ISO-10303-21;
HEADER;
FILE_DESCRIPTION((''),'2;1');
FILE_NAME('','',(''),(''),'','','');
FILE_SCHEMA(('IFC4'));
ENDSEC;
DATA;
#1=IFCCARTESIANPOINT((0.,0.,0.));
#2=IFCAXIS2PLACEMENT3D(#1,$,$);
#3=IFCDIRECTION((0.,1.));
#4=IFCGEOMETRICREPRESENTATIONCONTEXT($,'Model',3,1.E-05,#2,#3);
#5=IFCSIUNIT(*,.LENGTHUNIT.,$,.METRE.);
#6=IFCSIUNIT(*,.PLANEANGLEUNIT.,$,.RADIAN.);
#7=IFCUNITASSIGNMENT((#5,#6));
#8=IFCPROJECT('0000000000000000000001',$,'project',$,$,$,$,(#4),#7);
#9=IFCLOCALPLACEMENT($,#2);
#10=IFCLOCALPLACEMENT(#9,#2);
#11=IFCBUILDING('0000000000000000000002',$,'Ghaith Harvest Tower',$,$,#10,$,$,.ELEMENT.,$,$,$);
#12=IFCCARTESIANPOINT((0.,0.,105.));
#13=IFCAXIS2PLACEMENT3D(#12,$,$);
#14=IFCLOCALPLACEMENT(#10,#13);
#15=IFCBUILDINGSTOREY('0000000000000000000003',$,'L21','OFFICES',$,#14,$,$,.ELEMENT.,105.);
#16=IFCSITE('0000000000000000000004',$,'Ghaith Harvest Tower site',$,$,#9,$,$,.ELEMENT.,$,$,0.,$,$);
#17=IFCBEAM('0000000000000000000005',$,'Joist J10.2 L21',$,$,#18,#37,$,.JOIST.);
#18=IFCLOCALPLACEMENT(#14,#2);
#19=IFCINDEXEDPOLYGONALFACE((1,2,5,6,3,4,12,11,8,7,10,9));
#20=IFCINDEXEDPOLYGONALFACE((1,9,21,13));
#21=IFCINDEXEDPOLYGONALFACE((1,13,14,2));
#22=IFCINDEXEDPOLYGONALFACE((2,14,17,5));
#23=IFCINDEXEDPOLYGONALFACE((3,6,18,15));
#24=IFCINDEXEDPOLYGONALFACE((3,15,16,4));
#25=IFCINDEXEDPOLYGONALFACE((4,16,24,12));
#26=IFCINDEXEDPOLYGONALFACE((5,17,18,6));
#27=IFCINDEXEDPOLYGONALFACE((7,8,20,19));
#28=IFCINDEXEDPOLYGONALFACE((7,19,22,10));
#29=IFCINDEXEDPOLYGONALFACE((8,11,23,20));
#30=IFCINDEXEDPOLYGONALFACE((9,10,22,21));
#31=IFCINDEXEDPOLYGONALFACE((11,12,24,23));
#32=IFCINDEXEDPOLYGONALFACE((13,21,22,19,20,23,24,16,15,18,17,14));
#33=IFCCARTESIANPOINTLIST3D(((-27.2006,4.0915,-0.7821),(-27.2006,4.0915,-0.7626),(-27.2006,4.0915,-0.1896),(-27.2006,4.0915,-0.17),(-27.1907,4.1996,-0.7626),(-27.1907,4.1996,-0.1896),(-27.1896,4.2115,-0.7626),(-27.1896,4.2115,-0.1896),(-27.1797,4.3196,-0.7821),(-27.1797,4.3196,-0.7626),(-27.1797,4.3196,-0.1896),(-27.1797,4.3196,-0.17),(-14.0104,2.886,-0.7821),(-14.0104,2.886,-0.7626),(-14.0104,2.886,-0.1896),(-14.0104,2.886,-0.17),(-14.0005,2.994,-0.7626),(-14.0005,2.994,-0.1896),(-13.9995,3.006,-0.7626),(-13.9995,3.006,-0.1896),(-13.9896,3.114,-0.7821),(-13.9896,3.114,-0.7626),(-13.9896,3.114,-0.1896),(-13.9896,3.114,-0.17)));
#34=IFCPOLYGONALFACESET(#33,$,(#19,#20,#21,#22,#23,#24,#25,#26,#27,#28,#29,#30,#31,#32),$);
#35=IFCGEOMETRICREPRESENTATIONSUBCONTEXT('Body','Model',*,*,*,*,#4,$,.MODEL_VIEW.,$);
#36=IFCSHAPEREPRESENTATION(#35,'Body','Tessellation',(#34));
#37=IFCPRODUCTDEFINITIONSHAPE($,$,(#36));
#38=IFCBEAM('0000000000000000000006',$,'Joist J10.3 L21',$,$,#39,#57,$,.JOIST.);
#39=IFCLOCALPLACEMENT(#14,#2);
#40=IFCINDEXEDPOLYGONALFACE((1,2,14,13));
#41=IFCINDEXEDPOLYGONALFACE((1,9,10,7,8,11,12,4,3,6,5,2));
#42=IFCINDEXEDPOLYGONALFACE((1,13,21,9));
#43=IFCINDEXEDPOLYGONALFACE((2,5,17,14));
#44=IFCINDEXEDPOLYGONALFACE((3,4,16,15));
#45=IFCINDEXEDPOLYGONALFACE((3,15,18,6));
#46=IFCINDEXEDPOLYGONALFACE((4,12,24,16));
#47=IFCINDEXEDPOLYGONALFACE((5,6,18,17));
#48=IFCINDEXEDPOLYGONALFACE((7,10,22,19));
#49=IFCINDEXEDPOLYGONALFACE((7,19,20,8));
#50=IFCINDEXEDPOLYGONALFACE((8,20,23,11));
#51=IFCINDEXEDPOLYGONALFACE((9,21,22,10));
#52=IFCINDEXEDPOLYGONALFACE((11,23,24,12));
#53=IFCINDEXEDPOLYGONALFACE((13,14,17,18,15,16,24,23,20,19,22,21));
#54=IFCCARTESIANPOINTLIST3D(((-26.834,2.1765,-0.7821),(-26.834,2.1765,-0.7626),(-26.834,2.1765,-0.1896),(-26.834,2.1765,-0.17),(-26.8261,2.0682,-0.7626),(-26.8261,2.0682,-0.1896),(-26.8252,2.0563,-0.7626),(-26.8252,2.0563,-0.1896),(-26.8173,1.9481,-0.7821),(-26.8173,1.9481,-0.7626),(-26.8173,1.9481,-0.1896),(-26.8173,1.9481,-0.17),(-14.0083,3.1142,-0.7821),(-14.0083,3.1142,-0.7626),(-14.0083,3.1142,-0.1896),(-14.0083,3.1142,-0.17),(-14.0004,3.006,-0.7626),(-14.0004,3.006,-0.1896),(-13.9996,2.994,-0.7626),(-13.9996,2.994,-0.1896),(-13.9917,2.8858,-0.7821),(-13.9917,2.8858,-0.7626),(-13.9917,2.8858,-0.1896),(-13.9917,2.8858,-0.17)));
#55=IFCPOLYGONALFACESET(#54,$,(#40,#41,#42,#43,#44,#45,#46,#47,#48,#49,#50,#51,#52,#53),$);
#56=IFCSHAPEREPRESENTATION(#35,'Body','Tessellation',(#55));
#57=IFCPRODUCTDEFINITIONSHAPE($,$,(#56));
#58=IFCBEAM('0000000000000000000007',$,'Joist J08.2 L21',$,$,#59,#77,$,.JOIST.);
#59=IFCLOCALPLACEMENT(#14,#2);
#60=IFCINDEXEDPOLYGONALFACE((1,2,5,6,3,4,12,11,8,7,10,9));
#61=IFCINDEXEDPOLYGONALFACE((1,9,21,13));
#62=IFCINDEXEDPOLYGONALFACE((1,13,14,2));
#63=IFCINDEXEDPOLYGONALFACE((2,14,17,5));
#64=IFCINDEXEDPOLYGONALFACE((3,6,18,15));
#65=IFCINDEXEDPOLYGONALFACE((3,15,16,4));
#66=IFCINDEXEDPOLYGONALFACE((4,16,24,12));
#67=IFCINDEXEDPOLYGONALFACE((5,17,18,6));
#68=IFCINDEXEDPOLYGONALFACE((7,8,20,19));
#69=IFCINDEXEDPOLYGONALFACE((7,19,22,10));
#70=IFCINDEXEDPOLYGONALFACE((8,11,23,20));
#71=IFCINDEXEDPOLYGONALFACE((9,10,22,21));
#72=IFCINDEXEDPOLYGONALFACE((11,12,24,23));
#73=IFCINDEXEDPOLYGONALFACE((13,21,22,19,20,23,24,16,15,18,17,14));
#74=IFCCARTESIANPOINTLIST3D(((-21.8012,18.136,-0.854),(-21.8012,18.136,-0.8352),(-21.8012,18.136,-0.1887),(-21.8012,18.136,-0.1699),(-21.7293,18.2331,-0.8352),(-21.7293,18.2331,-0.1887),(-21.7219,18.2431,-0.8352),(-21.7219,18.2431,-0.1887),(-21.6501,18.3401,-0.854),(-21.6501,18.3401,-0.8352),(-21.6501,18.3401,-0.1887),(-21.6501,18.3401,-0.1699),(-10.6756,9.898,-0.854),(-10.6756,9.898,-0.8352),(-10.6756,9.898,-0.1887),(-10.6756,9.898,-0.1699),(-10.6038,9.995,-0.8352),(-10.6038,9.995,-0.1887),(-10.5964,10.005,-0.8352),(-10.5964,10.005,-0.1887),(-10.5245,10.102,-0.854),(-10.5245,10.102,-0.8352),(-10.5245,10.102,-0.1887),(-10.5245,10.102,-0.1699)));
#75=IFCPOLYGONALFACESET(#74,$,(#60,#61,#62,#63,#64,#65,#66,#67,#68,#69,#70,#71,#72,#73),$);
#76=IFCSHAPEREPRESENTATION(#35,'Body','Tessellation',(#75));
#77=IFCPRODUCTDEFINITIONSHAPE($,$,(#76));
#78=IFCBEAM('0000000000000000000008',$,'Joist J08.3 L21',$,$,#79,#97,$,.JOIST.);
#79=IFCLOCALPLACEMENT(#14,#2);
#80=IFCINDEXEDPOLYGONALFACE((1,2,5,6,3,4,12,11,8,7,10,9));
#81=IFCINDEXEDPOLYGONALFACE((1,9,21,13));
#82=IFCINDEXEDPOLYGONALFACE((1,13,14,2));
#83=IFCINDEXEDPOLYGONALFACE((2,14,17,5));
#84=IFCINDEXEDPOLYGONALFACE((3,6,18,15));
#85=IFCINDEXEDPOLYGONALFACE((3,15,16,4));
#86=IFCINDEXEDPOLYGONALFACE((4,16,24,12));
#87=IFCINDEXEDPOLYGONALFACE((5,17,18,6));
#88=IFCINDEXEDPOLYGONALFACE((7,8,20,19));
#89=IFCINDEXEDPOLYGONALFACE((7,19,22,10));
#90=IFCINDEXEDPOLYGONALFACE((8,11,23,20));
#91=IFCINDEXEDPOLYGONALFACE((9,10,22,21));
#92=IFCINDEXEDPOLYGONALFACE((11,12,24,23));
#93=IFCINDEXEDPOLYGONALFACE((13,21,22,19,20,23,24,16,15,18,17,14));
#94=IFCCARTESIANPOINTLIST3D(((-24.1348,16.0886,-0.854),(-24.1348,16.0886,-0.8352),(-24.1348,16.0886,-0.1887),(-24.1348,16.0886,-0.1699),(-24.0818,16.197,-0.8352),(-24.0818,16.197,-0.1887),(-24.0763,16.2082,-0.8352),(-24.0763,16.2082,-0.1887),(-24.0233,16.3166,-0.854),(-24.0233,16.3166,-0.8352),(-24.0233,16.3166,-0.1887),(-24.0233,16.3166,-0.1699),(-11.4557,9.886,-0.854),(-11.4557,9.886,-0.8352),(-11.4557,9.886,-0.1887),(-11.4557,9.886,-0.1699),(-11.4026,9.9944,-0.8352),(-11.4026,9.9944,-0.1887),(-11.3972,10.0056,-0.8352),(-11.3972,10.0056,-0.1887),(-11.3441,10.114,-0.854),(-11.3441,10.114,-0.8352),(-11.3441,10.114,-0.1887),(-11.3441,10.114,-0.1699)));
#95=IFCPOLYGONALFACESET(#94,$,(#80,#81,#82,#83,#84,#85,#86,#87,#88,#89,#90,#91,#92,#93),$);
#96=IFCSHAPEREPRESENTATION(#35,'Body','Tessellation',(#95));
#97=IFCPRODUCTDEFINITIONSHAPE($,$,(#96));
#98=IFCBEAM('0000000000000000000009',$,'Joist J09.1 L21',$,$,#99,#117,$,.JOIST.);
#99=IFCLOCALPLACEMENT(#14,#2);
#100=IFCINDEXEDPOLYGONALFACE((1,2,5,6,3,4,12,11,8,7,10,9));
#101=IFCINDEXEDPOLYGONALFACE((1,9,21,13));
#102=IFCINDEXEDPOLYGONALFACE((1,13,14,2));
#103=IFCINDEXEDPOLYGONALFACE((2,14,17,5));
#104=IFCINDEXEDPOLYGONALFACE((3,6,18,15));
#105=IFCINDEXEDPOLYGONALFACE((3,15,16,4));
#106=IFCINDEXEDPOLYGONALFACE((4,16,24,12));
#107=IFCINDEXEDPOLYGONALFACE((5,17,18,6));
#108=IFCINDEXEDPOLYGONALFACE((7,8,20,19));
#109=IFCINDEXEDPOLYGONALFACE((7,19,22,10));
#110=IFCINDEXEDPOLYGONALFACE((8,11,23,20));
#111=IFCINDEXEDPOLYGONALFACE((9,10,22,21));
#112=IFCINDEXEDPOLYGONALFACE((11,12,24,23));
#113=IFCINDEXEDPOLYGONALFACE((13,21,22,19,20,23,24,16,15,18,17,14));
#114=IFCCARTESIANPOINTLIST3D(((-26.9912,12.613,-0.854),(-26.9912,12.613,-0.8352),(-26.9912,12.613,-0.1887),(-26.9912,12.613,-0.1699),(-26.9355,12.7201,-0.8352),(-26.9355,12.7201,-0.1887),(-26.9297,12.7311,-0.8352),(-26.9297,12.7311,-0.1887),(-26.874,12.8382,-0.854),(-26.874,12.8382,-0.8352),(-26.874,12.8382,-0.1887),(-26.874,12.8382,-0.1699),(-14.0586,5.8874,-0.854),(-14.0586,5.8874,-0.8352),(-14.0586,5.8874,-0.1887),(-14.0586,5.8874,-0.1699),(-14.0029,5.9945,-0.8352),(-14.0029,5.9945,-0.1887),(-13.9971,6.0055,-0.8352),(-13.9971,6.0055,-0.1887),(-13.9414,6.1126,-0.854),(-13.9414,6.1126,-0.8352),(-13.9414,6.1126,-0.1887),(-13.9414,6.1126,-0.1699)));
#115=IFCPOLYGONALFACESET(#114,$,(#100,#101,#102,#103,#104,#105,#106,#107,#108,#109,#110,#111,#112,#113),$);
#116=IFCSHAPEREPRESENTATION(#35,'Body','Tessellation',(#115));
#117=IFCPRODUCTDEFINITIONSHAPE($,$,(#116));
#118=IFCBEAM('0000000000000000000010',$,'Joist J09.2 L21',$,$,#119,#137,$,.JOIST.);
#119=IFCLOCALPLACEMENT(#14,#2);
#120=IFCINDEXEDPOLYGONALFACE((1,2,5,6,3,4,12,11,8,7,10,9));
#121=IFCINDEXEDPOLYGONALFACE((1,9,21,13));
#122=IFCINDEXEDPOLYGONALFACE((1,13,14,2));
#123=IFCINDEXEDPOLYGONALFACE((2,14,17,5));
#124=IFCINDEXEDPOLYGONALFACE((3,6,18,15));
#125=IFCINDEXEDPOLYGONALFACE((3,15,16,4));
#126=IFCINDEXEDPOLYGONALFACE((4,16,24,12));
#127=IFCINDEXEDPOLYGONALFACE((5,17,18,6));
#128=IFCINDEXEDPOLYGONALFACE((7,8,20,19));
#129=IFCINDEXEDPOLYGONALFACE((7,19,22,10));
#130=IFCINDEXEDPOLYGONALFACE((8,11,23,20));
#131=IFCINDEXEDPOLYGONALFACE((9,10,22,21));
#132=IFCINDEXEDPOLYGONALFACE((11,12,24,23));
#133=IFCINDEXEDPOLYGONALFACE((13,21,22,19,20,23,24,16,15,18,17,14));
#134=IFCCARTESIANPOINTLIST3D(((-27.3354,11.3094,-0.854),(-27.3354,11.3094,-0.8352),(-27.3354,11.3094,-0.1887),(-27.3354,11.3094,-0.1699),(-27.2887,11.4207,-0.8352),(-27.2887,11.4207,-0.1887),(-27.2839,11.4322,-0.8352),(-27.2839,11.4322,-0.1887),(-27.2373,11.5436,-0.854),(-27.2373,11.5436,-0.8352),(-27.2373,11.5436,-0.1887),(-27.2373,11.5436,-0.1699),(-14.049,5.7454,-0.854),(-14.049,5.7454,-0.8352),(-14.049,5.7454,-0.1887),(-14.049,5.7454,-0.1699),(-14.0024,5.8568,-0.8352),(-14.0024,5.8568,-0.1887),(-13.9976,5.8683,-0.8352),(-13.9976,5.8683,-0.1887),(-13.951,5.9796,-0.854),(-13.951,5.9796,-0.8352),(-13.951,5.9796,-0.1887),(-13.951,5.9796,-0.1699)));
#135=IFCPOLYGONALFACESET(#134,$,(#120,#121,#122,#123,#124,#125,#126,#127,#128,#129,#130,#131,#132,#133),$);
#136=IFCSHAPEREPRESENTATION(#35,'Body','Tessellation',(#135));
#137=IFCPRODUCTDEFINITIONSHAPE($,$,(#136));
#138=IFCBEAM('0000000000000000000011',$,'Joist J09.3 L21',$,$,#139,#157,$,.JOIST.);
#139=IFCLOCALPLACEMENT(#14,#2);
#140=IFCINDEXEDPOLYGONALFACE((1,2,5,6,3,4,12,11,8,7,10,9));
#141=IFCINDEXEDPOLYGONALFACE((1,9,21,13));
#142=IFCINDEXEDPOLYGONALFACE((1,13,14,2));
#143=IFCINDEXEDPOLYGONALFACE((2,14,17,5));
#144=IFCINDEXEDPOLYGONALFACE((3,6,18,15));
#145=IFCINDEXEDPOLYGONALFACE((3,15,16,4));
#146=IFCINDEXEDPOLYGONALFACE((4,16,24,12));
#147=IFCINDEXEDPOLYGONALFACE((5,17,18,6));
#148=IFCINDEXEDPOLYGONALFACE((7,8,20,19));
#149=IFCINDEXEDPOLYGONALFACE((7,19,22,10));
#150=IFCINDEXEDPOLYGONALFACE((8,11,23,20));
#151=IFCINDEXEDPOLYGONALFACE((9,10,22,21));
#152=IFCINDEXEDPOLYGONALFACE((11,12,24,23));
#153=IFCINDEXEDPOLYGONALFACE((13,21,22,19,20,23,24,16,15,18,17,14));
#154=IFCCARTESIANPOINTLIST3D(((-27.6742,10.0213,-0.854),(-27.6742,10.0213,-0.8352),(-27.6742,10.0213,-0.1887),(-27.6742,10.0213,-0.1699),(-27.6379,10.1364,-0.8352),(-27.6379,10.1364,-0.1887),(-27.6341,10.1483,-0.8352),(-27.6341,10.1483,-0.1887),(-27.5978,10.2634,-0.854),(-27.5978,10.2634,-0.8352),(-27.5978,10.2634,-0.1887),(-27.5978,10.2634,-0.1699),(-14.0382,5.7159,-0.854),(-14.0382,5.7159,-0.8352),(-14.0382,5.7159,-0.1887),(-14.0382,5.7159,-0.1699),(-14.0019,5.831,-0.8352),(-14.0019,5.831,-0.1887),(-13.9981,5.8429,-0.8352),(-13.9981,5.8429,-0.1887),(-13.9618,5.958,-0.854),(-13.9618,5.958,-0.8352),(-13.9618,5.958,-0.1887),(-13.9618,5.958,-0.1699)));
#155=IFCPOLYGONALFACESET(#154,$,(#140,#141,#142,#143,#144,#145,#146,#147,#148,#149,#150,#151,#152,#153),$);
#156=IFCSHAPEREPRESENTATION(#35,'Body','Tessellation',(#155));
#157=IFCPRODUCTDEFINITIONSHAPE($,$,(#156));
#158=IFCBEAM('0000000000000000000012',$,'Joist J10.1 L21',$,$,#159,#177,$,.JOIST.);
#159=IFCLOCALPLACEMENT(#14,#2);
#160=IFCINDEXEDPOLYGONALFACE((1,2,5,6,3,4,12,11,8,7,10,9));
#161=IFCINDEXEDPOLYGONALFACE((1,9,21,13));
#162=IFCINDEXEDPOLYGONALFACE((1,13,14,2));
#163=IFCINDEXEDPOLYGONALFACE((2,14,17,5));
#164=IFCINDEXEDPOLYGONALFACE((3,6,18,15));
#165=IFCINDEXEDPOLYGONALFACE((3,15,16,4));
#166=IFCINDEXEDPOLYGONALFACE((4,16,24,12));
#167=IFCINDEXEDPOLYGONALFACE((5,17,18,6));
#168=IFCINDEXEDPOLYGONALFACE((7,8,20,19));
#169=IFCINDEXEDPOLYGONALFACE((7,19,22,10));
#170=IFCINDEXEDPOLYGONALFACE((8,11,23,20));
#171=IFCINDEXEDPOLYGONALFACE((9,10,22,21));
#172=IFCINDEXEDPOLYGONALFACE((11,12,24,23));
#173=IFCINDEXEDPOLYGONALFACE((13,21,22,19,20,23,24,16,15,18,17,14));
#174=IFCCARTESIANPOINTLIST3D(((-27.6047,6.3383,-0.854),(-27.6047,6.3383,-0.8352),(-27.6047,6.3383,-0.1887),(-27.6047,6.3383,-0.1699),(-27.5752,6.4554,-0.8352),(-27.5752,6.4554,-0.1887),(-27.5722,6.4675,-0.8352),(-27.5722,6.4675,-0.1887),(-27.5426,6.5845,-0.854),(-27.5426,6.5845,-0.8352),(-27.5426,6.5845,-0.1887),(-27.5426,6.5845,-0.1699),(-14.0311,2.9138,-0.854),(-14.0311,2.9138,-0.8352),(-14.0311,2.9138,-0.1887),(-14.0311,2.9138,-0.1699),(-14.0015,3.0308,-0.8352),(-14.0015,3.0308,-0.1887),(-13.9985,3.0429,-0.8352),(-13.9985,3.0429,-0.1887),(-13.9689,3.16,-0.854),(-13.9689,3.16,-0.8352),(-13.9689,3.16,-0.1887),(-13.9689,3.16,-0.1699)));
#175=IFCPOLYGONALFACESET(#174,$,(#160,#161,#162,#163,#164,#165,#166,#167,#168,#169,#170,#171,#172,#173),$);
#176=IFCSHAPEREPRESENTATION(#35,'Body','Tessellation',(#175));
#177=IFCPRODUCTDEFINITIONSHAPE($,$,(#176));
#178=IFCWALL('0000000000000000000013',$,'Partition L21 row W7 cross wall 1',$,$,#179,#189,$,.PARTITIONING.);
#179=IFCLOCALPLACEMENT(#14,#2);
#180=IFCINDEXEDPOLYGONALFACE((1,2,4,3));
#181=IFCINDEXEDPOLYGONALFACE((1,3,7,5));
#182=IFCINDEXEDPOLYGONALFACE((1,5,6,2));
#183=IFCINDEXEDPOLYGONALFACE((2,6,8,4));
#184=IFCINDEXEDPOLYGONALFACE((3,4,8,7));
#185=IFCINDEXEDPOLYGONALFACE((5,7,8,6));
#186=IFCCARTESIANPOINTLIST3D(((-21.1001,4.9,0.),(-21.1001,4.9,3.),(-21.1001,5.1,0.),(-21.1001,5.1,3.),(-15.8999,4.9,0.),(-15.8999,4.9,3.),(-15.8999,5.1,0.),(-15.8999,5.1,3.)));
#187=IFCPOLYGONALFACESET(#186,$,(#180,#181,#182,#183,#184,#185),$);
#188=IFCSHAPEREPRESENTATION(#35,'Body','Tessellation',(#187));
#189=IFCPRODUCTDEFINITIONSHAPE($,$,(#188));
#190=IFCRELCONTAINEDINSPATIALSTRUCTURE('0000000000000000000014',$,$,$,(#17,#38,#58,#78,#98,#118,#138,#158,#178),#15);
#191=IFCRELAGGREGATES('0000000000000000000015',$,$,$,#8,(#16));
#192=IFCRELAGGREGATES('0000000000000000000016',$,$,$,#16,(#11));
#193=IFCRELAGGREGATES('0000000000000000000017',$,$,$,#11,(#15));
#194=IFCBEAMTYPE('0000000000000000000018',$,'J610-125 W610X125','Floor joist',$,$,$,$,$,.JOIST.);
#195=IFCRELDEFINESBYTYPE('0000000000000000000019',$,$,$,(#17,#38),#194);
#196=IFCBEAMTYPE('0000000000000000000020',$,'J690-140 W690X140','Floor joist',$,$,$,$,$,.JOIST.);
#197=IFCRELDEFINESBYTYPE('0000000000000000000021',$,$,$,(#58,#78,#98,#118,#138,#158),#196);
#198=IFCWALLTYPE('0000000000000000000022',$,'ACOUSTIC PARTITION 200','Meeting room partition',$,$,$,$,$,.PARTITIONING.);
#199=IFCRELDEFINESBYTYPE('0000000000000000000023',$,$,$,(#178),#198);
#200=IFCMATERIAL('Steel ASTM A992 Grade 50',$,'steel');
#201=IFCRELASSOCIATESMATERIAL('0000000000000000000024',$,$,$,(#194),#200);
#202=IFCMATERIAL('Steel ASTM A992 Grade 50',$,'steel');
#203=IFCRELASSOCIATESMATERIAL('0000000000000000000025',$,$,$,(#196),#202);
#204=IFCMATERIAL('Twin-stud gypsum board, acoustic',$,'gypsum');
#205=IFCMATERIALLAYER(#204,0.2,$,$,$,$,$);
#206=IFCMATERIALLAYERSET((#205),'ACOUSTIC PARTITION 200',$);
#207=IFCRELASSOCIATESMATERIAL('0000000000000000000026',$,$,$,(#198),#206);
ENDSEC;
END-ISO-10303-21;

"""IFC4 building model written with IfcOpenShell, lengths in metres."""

from ifc_helpers import new_model, si_unit, direction, frame, frame_2d, origin, origin_2d, place, context, subcontext, project, spatial, rectangle, i_section, extrude, material, layer, layer_set, material_profile, profile_set, type_object, element, save


model = new_model("IFC4")

# Units and contexts
model_context = context("Model", 3, precision=1e-05, world=origin(), true_north=direction((0.0, 1.0)))
body_context = subcontext(model_context, "Body", "Model", "MODEL_VIEW")
ifc_project = project(units=[si_unit("LENGTHUNIT", "METRE"), si_unit("PLANEANGLEUNIT", "RADIAN")], contexts=[model_context])

# Site, building, storey
site_placement = place(None, origin())
site = spatial("IfcSite", under=ifc_project, at=site_placement, Name="Ghaith Harvest Tower site", CompositionType="ELEMENT", RefElevation=0.0)
building_placement = place(site_placement, origin())
building = spatial("IfcBuilding", under=site, at=building_placement, Name="Ghaith Harvest Tower", CompositionType="ELEMENT")
storey_placement = place(building_placement, frame((0.0, 0.0, 105.0)))
storey = spatial("IfcBuildingStorey", under=building, at=storey_placement, Name="L21", Description="OFFICES", CompositionType="ELEMENT", Elevation=105.0)

# Beams
ifc_material_1 = material(Name="Steel ASTM A992 Grade 50", Category="steel")
ifc_material_profile_1 = material_profile(ifc_material_1, i_section(OverallWidth=0.229, OverallDepth=0.6121, WebThickness=0.012, FlangeThickness=0.0195, at=origin_2d()), Name="W610X125")
ifc_profile_set_1 = profile_set([ifc_material_profile_1], Name="Steel ASTM A992 Grade 50")
beam_type_1 = type_object("IfcBeamType", Name="J610-125 W610X125", Description="Floor joist", PredefinedType="JOIST", material=ifc_profile_set_1)
beam_1_placement = place(storey_placement, frame((-14.0, 3.0, -0.4761), z_axis=(-0.995849, 0.091019, 0.0), x_axis=(-0.091019, -0.995849, 0.0)))
element("IfcBeam", 1, at=beam_1_placement, inside=storey, type_object=beam_type_1, Name="Joist J10.2 L21", PredefinedType="JOIST", context=body_context, shape_type="SweptSolid", body=[
    extrude(i_section(OverallWidth=0.229, OverallDepth=0.6121, WebThickness=0.012, FlangeThickness=0.0195, at=origin_2d()), origin(), (0.0, 0.0, 1.0), 13.2451),
])
beam_2_placement = place(storey_placement, frame((-14.0, 3.0, -0.4761), z_axis=(-0.997338, -0.07292, 0.0), x_axis=(0.07292, -0.997338, 0.0)))
element("IfcBeam", 2, at=beam_2_placement, inside=storey, type_object=beam_type_1, Name="Joist J10.3 L21", PredefinedType="JOIST", context=body_context, shape_type="SweptSolid", body=[
    extrude(i_section(OverallWidth=0.229, OverallDepth=0.6121, WebThickness=0.012, FlangeThickness=0.0195, at=origin_2d()), origin(), (0.0, 0.0, 1.0), 12.8599),
])
ifc_material_2 = material(Name="Steel ASTM A992 Grade 50", Category="steel")
ifc_material_profile_2 = material_profile(ifc_material_2, i_section(OverallWidth=0.2539, OverallDepth=0.6841, WebThickness=0.0125, FlangeThickness=0.0188, at=origin_2d()), Name="W690X140")
ifc_profile_set_2 = profile_set([ifc_material_profile_2], Name="Steel ASTM A992 Grade 50")
beam_type_2 = type_object("IfcBeamType", Name="J690-140 W690X140", Description="Floor joist", PredefinedType="JOIST", material=ifc_profile_set_2)
beam_3_placement = place(storey_placement, frame((-10.6001, 10.0, -0.512), z_axis=(-0.803663, 0.595085, 0.0), x_axis=(-0.595085, -0.803663, 0.0)))
element("IfcBeam", 3, at=beam_3_placement, inside=storey, type_object=beam_type_2, Name="Joist J08.2 L21", PredefinedType="JOIST", context=body_context, shape_type="SweptSolid", body=[
    extrude(i_section(OverallWidth=0.2539, OverallDepth=0.6841, WebThickness=0.0125, FlangeThickness=0.0188, at=origin_2d()), origin(), (0.0, 0.0, 1.0), 13.8435),
])
beam_4_placement = place(storey_placement, frame((-11.3999, 10.0, -0.512), z_axis=(-0.898275, 0.439434, 0.0), x_axis=(-0.439434, -0.898275, 0.0)))
element("IfcBeam", 4, at=beam_4_placement, inside=storey, type_object=beam_type_2, Name="Joist J08.3 L21", PredefinedType="JOIST", context=body_context, shape_type="SweptSolid", body=[
    extrude(i_section(OverallWidth=0.2539, OverallDepth=0.6841, WebThickness=0.0125, FlangeThickness=0.0188, at=origin_2d()), origin(), (0.0, 0.0, 1.0), 14.115),
])
beam_5_placement = place(storey_placement, frame((-14.0, 6.0, -0.512), z_axis=(-0.887199, 0.461386, 0.0), x_axis=(-0.461386, -0.887199, 0.0)))
element("IfcBeam", 5, at=beam_5_placement, inside=storey, type_object=beam_type_2, Name="Joist J09.1 L21", PredefinedType="JOIST", context=body_context, shape_type="SweptSolid", body=[
    extrude(i_section(OverallWidth=0.2539, OverallDepth=0.6841, WebThickness=0.0125, FlangeThickness=0.0188, at=origin_2d()), origin(), (0.0, 0.0, 1.0), 14.5769),
])
beam_6_placement = place(storey_placement, frame((-14.0, 5.8625, -0.512), z_axis=(-0.922386, 0.38627, 0.0), x_axis=(-0.38627, -0.922386, 0.0)))
element("IfcBeam", 6, at=beam_6_placement, inside=storey, type_object=beam_type_2, Name="Joist J09.2 L21", PredefinedType="JOIST", context=body_context, shape_type="SweptSolid", body=[
    extrude(i_section(OverallWidth=0.2539, OverallDepth=0.6841, WebThickness=0.0125, FlangeThickness=0.0188, at=origin_2d()), origin(), (0.0, 0.0, 1.0), 14.4043),
])
beam_7_placement = place(storey_placement, frame((-14.0, 5.8369, -0.512), z_axis=(-0.953596, 0.301088, 0.0), x_axis=(-0.301088, -0.953596, 0.0)))
element("IfcBeam", 7, at=beam_7_placement, inside=storey, type_object=beam_type_2, Name="Joist J09.3 L21", PredefinedType="JOIST", context=body_context, shape_type="SweptSolid", body=[
    extrude(i_section(OverallWidth=0.2539, OverallDepth=0.6841, WebThickness=0.0125, FlangeThickness=0.0188, at=origin_2d()), origin(), (0.0, 0.0, 1.0), 14.2996),
])
beam_8_placement = place(storey_placement, frame((-14.0, 3.0369, -0.512), z_axis=(-0.969617, 0.244628, 0.0), x_axis=(-0.244628, -0.969617, 0.0)))
element("IfcBeam", 8, at=beam_8_placement, inside=storey, type_object=beam_type_2, Name="Joist J10.1 L21", PredefinedType="JOIST", context=body_context, shape_type="SweptSolid", body=[
    extrude(i_section(OverallWidth=0.2539, OverallDepth=0.6841, WebThickness=0.0125, FlangeThickness=0.0188, at=origin_2d()), origin(), (0.0, 0.0, 1.0), 13.999),
])

# Wall
ifc_material_3 = material(Name="Twin-stud gypsum board, acoustic", Category="gypsum")
ifc_layer_1 = layer(ifc_material_3, 0.2)
ifc_layer_set_1 = layer_set([ifc_layer_1], Name="ACOUSTIC PARTITION 200")
wall_type_1 = type_object("IfcWallType", Name="ACOUSTIC PARTITION 200", Description="Meeting room partition", PredefinedType="PARTITIONING", material=ifc_layer_set_1)
for number, where, z_axis, x_axis, name in (
    (9, (-15.8999, 5.0, 0.0), (0.0, 0.0, 1.0), (-1.0, 0.0, 0.0), "Partition L21 row W7 cross wall 1"),
):
    element("IfcWall", number, at=place(storey_placement, frame(where, z_axis=z_axis, x_axis=x_axis)), inside=storey, type_object=wall_type_1, Name=name, PredefinedType="PARTITIONING", context=body_context, shape_type="SweptSolid", body=[
        extrude(rectangle(XDim=5.2002, YDim=0.2, at=frame_2d((2.6001, 0.0))), origin(), (0.0, 0.0, 1.0), 3.0),
    ])

save(model, "model.ifc")
